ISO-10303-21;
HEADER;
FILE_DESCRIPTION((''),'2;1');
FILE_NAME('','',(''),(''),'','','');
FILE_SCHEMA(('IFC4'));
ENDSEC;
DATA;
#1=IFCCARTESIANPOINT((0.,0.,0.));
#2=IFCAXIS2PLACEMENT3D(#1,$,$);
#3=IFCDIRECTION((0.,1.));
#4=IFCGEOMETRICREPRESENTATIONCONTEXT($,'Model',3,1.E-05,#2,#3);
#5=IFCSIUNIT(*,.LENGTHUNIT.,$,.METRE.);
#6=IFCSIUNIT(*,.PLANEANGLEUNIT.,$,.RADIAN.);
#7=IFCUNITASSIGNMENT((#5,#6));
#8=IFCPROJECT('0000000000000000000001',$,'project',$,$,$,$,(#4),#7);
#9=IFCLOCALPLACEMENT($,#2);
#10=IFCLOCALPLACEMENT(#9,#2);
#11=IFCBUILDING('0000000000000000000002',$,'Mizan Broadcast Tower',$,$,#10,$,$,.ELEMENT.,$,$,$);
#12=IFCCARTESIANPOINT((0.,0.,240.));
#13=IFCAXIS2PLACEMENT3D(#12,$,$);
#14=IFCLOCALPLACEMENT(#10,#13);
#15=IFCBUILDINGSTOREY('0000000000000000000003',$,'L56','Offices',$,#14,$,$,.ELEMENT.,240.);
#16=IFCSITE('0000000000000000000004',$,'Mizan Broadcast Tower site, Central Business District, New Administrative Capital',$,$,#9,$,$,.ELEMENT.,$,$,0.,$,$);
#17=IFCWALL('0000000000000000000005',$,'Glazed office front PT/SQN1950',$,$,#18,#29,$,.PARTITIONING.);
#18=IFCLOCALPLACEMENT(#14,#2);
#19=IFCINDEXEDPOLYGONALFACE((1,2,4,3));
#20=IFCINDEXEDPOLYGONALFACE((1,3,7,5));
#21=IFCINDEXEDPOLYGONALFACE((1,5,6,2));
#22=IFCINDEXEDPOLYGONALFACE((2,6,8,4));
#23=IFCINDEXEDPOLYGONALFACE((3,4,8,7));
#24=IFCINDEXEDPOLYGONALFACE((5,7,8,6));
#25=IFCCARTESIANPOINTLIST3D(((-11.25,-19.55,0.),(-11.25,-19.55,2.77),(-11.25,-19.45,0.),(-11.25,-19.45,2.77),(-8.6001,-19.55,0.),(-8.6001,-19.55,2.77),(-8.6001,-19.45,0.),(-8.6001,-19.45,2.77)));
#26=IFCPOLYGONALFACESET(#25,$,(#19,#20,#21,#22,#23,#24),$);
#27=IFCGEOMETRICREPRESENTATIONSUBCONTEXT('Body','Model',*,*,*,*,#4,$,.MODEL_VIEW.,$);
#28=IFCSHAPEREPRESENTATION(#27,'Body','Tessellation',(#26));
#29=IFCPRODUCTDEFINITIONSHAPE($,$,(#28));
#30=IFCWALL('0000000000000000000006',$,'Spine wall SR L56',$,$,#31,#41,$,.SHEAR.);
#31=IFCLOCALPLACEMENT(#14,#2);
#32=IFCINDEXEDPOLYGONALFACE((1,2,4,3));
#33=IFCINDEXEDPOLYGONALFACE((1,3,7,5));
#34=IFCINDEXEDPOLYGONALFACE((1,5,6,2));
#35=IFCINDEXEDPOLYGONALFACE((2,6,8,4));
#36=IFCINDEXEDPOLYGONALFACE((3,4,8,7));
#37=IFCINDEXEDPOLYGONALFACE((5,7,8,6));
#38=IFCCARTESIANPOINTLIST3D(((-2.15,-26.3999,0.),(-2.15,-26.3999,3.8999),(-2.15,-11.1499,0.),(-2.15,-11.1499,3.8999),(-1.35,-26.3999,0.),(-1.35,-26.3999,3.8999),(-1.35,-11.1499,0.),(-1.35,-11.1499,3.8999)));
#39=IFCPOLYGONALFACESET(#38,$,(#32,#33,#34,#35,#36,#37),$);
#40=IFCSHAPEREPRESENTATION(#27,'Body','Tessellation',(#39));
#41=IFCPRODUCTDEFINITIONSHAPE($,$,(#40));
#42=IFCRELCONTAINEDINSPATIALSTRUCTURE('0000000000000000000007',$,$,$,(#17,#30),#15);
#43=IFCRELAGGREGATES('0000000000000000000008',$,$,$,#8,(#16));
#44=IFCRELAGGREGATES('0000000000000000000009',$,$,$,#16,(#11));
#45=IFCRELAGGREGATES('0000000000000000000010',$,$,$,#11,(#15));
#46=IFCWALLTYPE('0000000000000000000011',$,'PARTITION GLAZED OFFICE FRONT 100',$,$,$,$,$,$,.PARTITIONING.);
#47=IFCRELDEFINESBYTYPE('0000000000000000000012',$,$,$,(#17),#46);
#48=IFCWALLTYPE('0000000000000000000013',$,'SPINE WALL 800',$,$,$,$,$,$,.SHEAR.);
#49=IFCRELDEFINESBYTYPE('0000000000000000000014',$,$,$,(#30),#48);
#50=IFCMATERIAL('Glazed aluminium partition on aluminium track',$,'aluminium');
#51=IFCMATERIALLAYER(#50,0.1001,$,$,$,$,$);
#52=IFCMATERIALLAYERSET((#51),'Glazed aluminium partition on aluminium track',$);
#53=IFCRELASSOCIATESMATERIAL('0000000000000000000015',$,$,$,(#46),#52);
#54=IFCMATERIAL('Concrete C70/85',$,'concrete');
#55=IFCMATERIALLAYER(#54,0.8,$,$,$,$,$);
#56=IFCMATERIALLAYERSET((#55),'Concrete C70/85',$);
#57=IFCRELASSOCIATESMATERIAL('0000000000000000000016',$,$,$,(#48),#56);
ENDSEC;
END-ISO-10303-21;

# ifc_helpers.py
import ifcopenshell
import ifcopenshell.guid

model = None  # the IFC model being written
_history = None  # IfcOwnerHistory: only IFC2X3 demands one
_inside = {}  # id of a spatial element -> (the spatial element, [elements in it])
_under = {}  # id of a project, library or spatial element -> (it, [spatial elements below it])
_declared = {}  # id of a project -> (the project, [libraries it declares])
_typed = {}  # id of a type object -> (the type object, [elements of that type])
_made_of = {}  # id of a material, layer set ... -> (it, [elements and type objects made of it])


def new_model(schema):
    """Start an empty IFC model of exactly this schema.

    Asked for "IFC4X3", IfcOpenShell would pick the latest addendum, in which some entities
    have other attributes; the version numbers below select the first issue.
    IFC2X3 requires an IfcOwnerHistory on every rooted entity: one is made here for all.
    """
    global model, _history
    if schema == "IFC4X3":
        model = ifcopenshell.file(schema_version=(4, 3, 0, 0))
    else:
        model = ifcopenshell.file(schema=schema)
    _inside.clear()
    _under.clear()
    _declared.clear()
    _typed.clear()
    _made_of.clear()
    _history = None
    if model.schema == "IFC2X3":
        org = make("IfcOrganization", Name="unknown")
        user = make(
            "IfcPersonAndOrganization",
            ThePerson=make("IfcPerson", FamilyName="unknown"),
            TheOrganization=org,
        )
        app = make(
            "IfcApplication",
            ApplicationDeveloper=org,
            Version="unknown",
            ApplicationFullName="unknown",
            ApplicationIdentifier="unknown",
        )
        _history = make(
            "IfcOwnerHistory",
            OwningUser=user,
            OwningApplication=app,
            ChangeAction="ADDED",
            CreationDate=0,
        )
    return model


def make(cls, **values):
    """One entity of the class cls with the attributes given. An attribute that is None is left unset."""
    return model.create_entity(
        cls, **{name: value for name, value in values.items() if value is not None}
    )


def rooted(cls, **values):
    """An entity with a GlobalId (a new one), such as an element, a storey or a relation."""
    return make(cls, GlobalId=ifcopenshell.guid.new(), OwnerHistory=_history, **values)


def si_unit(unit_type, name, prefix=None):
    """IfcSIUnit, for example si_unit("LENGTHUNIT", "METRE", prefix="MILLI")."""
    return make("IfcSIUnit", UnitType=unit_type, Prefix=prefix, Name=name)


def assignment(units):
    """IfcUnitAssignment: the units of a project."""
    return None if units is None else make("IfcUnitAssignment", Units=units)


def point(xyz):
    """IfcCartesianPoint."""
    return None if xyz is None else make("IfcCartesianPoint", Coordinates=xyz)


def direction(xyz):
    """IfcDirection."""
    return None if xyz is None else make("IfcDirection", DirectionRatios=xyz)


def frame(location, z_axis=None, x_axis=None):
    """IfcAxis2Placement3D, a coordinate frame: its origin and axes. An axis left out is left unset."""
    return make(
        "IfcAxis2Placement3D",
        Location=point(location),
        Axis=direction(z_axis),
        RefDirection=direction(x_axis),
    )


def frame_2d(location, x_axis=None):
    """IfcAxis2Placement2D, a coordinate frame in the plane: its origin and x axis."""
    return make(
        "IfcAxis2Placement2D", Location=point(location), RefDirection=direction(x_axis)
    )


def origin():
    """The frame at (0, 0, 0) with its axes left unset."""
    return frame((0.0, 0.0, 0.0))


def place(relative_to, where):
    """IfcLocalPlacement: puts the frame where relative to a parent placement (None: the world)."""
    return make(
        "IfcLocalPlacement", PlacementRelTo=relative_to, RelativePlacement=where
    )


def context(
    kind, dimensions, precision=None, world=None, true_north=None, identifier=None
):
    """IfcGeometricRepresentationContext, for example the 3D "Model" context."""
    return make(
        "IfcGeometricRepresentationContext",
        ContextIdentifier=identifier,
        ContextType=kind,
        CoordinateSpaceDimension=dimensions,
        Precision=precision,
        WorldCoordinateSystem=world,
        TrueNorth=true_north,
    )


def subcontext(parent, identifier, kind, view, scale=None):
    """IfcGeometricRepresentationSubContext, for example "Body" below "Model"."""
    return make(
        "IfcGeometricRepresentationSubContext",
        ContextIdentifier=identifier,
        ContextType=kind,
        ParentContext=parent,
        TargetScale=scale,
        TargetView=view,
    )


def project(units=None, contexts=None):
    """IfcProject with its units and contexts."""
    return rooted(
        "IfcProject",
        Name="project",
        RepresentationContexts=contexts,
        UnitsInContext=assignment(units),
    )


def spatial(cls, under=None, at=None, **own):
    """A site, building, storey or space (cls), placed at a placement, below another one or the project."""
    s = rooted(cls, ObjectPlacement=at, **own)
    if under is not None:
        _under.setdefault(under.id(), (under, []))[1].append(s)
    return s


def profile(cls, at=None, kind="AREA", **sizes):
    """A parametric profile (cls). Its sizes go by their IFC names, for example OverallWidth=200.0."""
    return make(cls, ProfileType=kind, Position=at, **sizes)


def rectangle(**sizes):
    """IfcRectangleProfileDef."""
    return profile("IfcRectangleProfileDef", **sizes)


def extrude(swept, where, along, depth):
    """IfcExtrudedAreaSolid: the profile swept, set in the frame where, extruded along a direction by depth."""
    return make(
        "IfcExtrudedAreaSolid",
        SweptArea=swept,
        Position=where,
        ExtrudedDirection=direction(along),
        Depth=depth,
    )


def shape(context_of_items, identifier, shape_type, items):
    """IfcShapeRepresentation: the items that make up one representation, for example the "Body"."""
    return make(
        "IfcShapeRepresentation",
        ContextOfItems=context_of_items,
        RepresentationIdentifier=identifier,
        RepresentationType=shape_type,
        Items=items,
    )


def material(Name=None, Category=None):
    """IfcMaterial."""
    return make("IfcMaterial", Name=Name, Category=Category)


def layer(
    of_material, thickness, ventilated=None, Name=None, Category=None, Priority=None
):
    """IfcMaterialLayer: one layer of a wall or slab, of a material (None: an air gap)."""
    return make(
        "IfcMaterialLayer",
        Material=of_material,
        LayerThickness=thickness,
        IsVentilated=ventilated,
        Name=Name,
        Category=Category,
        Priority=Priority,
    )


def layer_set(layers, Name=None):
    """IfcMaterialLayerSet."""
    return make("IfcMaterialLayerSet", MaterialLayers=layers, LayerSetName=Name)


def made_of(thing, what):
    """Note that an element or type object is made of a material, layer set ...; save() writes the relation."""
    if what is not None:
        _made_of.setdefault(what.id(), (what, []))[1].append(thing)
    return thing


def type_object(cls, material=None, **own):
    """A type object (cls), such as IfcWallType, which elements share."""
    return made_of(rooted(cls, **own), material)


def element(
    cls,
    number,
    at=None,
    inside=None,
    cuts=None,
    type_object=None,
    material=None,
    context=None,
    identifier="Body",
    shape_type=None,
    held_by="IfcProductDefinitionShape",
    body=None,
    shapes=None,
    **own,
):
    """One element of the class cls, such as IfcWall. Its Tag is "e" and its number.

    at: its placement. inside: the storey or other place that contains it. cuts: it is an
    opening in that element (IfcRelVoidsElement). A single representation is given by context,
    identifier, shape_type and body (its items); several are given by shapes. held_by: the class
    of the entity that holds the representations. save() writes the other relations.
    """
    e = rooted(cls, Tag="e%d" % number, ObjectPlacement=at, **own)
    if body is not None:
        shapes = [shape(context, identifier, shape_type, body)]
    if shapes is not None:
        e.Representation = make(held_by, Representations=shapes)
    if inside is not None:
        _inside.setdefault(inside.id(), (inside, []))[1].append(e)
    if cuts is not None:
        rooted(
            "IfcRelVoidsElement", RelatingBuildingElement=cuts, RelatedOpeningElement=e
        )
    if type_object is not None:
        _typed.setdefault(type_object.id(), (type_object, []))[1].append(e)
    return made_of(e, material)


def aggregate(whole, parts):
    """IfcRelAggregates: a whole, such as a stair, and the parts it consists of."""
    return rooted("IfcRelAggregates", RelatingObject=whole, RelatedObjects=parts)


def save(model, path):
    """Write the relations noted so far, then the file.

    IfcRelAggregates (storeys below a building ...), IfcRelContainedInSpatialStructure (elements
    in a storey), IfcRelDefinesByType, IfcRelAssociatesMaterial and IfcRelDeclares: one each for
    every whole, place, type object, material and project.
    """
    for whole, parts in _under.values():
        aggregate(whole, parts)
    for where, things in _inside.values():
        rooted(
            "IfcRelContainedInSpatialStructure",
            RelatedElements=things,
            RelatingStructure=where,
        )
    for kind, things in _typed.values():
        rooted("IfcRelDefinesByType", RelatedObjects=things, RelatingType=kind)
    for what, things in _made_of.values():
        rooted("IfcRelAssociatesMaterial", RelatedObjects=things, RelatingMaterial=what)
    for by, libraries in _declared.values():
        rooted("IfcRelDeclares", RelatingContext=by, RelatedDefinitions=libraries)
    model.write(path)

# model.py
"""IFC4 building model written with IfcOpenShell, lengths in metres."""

from ifc_helpers import new_model, si_unit, direction, frame, frame_2d, origin, place, context, subcontext, project, spatial, rectangle, extrude, material, layer, layer_set, type_object, element, save


model = new_model("IFC4")

# Units and contexts
model_context = context("Model", 3, precision=1e-05, world=origin(), true_north=direction((0.0, 1.0)))
body_context = subcontext(model_context, "Body", "Model", "MODEL_VIEW")
ifc_project = project(units=[si_unit("LENGTHUNIT", "METRE"), si_unit("PLANEANGLEUNIT", "RADIAN")], contexts=[model_context])

# Site, building, storey
site_placement = place(None, origin())
site = spatial("IfcSite", under=ifc_project, at=site_placement, Name="Mizan Broadcast Tower site, Central Business District, New Administrative Capital", CompositionType="ELEMENT", RefElevation=0.0)
building_placement = place(site_placement, origin())
building = spatial("IfcBuilding", under=site, at=building_placement, Name="Mizan Broadcast Tower", CompositionType="ELEMENT")
storey_placement = place(building_placement, frame((0.0, 0.0, 240.0)))
storey = spatial("IfcBuildingStorey", under=building, at=storey_placement, Name="L56", Description="Offices", CompositionType="ELEMENT", Elevation=240.0)

# Walls
ifc_material_1 = material(Name="Glazed aluminium partition on aluminium track", Category="aluminium")
ifc_layer_1 = layer(ifc_material_1, 0.1001)
ifc_layer_set_1 = layer_set([ifc_layer_1], Name="Glazed aluminium partition on aluminium track")
wall_type_1 = type_object("IfcWallType", Name="PARTITION GLAZED OFFICE FRONT 100", PredefinedType="PARTITIONING", material=ifc_layer_set_1)
wall_1_placement = place(storey_placement, frame((-8.6001, -19.5, 0.0), z_axis=(0.0, 0.0, 1.0), x_axis=(-1.0, 0.0, 0.0)))
element("IfcWall", 1, at=wall_1_placement, inside=storey, type_object=wall_type_1, Name="Glazed office front PT/SQN1950", PredefinedType="PARTITIONING", context=body_context, shape_type="SweptSolid", body=[
    extrude(rectangle(XDim=2.6499, YDim=0.1001, at=frame_2d((1.325, 0.0))), origin(), (0.0, 0.0, 1.0), 2.77),
])
ifc_material_2 = material(Name="Concrete C70/85", Category="concrete")
ifc_layer_2 = layer(ifc_material_2, 0.8)
ifc_layer_set_2 = layer_set([ifc_layer_2], Name="Concrete C70/85")
wall_type_2 = type_object("IfcWallType", Name="SPINE WALL 800", PredefinedType="SHEAR", material=ifc_layer_set_2)
wall_2_placement = place(storey_placement, frame((-1.75, -11.1499, 0.0), z_axis=(0.0, 0.0, 1.0), x_axis=(0.0, -1.0, 0.0)))
element("IfcWall", 2, at=wall_2_placement, inside=storey, type_object=wall_type_2, Name="Spine wall SR L56", PredefinedType="SHEAR", context=body_context, shape_type="SweptSolid", body=[
    extrude(rectangle(XDim=15.25, YDim=0.8, at=frame_2d((7.625, 0.0))), origin(), (0.0, 0.0, 1.0), 3.8999),
])

save(model, "model.ifc")
